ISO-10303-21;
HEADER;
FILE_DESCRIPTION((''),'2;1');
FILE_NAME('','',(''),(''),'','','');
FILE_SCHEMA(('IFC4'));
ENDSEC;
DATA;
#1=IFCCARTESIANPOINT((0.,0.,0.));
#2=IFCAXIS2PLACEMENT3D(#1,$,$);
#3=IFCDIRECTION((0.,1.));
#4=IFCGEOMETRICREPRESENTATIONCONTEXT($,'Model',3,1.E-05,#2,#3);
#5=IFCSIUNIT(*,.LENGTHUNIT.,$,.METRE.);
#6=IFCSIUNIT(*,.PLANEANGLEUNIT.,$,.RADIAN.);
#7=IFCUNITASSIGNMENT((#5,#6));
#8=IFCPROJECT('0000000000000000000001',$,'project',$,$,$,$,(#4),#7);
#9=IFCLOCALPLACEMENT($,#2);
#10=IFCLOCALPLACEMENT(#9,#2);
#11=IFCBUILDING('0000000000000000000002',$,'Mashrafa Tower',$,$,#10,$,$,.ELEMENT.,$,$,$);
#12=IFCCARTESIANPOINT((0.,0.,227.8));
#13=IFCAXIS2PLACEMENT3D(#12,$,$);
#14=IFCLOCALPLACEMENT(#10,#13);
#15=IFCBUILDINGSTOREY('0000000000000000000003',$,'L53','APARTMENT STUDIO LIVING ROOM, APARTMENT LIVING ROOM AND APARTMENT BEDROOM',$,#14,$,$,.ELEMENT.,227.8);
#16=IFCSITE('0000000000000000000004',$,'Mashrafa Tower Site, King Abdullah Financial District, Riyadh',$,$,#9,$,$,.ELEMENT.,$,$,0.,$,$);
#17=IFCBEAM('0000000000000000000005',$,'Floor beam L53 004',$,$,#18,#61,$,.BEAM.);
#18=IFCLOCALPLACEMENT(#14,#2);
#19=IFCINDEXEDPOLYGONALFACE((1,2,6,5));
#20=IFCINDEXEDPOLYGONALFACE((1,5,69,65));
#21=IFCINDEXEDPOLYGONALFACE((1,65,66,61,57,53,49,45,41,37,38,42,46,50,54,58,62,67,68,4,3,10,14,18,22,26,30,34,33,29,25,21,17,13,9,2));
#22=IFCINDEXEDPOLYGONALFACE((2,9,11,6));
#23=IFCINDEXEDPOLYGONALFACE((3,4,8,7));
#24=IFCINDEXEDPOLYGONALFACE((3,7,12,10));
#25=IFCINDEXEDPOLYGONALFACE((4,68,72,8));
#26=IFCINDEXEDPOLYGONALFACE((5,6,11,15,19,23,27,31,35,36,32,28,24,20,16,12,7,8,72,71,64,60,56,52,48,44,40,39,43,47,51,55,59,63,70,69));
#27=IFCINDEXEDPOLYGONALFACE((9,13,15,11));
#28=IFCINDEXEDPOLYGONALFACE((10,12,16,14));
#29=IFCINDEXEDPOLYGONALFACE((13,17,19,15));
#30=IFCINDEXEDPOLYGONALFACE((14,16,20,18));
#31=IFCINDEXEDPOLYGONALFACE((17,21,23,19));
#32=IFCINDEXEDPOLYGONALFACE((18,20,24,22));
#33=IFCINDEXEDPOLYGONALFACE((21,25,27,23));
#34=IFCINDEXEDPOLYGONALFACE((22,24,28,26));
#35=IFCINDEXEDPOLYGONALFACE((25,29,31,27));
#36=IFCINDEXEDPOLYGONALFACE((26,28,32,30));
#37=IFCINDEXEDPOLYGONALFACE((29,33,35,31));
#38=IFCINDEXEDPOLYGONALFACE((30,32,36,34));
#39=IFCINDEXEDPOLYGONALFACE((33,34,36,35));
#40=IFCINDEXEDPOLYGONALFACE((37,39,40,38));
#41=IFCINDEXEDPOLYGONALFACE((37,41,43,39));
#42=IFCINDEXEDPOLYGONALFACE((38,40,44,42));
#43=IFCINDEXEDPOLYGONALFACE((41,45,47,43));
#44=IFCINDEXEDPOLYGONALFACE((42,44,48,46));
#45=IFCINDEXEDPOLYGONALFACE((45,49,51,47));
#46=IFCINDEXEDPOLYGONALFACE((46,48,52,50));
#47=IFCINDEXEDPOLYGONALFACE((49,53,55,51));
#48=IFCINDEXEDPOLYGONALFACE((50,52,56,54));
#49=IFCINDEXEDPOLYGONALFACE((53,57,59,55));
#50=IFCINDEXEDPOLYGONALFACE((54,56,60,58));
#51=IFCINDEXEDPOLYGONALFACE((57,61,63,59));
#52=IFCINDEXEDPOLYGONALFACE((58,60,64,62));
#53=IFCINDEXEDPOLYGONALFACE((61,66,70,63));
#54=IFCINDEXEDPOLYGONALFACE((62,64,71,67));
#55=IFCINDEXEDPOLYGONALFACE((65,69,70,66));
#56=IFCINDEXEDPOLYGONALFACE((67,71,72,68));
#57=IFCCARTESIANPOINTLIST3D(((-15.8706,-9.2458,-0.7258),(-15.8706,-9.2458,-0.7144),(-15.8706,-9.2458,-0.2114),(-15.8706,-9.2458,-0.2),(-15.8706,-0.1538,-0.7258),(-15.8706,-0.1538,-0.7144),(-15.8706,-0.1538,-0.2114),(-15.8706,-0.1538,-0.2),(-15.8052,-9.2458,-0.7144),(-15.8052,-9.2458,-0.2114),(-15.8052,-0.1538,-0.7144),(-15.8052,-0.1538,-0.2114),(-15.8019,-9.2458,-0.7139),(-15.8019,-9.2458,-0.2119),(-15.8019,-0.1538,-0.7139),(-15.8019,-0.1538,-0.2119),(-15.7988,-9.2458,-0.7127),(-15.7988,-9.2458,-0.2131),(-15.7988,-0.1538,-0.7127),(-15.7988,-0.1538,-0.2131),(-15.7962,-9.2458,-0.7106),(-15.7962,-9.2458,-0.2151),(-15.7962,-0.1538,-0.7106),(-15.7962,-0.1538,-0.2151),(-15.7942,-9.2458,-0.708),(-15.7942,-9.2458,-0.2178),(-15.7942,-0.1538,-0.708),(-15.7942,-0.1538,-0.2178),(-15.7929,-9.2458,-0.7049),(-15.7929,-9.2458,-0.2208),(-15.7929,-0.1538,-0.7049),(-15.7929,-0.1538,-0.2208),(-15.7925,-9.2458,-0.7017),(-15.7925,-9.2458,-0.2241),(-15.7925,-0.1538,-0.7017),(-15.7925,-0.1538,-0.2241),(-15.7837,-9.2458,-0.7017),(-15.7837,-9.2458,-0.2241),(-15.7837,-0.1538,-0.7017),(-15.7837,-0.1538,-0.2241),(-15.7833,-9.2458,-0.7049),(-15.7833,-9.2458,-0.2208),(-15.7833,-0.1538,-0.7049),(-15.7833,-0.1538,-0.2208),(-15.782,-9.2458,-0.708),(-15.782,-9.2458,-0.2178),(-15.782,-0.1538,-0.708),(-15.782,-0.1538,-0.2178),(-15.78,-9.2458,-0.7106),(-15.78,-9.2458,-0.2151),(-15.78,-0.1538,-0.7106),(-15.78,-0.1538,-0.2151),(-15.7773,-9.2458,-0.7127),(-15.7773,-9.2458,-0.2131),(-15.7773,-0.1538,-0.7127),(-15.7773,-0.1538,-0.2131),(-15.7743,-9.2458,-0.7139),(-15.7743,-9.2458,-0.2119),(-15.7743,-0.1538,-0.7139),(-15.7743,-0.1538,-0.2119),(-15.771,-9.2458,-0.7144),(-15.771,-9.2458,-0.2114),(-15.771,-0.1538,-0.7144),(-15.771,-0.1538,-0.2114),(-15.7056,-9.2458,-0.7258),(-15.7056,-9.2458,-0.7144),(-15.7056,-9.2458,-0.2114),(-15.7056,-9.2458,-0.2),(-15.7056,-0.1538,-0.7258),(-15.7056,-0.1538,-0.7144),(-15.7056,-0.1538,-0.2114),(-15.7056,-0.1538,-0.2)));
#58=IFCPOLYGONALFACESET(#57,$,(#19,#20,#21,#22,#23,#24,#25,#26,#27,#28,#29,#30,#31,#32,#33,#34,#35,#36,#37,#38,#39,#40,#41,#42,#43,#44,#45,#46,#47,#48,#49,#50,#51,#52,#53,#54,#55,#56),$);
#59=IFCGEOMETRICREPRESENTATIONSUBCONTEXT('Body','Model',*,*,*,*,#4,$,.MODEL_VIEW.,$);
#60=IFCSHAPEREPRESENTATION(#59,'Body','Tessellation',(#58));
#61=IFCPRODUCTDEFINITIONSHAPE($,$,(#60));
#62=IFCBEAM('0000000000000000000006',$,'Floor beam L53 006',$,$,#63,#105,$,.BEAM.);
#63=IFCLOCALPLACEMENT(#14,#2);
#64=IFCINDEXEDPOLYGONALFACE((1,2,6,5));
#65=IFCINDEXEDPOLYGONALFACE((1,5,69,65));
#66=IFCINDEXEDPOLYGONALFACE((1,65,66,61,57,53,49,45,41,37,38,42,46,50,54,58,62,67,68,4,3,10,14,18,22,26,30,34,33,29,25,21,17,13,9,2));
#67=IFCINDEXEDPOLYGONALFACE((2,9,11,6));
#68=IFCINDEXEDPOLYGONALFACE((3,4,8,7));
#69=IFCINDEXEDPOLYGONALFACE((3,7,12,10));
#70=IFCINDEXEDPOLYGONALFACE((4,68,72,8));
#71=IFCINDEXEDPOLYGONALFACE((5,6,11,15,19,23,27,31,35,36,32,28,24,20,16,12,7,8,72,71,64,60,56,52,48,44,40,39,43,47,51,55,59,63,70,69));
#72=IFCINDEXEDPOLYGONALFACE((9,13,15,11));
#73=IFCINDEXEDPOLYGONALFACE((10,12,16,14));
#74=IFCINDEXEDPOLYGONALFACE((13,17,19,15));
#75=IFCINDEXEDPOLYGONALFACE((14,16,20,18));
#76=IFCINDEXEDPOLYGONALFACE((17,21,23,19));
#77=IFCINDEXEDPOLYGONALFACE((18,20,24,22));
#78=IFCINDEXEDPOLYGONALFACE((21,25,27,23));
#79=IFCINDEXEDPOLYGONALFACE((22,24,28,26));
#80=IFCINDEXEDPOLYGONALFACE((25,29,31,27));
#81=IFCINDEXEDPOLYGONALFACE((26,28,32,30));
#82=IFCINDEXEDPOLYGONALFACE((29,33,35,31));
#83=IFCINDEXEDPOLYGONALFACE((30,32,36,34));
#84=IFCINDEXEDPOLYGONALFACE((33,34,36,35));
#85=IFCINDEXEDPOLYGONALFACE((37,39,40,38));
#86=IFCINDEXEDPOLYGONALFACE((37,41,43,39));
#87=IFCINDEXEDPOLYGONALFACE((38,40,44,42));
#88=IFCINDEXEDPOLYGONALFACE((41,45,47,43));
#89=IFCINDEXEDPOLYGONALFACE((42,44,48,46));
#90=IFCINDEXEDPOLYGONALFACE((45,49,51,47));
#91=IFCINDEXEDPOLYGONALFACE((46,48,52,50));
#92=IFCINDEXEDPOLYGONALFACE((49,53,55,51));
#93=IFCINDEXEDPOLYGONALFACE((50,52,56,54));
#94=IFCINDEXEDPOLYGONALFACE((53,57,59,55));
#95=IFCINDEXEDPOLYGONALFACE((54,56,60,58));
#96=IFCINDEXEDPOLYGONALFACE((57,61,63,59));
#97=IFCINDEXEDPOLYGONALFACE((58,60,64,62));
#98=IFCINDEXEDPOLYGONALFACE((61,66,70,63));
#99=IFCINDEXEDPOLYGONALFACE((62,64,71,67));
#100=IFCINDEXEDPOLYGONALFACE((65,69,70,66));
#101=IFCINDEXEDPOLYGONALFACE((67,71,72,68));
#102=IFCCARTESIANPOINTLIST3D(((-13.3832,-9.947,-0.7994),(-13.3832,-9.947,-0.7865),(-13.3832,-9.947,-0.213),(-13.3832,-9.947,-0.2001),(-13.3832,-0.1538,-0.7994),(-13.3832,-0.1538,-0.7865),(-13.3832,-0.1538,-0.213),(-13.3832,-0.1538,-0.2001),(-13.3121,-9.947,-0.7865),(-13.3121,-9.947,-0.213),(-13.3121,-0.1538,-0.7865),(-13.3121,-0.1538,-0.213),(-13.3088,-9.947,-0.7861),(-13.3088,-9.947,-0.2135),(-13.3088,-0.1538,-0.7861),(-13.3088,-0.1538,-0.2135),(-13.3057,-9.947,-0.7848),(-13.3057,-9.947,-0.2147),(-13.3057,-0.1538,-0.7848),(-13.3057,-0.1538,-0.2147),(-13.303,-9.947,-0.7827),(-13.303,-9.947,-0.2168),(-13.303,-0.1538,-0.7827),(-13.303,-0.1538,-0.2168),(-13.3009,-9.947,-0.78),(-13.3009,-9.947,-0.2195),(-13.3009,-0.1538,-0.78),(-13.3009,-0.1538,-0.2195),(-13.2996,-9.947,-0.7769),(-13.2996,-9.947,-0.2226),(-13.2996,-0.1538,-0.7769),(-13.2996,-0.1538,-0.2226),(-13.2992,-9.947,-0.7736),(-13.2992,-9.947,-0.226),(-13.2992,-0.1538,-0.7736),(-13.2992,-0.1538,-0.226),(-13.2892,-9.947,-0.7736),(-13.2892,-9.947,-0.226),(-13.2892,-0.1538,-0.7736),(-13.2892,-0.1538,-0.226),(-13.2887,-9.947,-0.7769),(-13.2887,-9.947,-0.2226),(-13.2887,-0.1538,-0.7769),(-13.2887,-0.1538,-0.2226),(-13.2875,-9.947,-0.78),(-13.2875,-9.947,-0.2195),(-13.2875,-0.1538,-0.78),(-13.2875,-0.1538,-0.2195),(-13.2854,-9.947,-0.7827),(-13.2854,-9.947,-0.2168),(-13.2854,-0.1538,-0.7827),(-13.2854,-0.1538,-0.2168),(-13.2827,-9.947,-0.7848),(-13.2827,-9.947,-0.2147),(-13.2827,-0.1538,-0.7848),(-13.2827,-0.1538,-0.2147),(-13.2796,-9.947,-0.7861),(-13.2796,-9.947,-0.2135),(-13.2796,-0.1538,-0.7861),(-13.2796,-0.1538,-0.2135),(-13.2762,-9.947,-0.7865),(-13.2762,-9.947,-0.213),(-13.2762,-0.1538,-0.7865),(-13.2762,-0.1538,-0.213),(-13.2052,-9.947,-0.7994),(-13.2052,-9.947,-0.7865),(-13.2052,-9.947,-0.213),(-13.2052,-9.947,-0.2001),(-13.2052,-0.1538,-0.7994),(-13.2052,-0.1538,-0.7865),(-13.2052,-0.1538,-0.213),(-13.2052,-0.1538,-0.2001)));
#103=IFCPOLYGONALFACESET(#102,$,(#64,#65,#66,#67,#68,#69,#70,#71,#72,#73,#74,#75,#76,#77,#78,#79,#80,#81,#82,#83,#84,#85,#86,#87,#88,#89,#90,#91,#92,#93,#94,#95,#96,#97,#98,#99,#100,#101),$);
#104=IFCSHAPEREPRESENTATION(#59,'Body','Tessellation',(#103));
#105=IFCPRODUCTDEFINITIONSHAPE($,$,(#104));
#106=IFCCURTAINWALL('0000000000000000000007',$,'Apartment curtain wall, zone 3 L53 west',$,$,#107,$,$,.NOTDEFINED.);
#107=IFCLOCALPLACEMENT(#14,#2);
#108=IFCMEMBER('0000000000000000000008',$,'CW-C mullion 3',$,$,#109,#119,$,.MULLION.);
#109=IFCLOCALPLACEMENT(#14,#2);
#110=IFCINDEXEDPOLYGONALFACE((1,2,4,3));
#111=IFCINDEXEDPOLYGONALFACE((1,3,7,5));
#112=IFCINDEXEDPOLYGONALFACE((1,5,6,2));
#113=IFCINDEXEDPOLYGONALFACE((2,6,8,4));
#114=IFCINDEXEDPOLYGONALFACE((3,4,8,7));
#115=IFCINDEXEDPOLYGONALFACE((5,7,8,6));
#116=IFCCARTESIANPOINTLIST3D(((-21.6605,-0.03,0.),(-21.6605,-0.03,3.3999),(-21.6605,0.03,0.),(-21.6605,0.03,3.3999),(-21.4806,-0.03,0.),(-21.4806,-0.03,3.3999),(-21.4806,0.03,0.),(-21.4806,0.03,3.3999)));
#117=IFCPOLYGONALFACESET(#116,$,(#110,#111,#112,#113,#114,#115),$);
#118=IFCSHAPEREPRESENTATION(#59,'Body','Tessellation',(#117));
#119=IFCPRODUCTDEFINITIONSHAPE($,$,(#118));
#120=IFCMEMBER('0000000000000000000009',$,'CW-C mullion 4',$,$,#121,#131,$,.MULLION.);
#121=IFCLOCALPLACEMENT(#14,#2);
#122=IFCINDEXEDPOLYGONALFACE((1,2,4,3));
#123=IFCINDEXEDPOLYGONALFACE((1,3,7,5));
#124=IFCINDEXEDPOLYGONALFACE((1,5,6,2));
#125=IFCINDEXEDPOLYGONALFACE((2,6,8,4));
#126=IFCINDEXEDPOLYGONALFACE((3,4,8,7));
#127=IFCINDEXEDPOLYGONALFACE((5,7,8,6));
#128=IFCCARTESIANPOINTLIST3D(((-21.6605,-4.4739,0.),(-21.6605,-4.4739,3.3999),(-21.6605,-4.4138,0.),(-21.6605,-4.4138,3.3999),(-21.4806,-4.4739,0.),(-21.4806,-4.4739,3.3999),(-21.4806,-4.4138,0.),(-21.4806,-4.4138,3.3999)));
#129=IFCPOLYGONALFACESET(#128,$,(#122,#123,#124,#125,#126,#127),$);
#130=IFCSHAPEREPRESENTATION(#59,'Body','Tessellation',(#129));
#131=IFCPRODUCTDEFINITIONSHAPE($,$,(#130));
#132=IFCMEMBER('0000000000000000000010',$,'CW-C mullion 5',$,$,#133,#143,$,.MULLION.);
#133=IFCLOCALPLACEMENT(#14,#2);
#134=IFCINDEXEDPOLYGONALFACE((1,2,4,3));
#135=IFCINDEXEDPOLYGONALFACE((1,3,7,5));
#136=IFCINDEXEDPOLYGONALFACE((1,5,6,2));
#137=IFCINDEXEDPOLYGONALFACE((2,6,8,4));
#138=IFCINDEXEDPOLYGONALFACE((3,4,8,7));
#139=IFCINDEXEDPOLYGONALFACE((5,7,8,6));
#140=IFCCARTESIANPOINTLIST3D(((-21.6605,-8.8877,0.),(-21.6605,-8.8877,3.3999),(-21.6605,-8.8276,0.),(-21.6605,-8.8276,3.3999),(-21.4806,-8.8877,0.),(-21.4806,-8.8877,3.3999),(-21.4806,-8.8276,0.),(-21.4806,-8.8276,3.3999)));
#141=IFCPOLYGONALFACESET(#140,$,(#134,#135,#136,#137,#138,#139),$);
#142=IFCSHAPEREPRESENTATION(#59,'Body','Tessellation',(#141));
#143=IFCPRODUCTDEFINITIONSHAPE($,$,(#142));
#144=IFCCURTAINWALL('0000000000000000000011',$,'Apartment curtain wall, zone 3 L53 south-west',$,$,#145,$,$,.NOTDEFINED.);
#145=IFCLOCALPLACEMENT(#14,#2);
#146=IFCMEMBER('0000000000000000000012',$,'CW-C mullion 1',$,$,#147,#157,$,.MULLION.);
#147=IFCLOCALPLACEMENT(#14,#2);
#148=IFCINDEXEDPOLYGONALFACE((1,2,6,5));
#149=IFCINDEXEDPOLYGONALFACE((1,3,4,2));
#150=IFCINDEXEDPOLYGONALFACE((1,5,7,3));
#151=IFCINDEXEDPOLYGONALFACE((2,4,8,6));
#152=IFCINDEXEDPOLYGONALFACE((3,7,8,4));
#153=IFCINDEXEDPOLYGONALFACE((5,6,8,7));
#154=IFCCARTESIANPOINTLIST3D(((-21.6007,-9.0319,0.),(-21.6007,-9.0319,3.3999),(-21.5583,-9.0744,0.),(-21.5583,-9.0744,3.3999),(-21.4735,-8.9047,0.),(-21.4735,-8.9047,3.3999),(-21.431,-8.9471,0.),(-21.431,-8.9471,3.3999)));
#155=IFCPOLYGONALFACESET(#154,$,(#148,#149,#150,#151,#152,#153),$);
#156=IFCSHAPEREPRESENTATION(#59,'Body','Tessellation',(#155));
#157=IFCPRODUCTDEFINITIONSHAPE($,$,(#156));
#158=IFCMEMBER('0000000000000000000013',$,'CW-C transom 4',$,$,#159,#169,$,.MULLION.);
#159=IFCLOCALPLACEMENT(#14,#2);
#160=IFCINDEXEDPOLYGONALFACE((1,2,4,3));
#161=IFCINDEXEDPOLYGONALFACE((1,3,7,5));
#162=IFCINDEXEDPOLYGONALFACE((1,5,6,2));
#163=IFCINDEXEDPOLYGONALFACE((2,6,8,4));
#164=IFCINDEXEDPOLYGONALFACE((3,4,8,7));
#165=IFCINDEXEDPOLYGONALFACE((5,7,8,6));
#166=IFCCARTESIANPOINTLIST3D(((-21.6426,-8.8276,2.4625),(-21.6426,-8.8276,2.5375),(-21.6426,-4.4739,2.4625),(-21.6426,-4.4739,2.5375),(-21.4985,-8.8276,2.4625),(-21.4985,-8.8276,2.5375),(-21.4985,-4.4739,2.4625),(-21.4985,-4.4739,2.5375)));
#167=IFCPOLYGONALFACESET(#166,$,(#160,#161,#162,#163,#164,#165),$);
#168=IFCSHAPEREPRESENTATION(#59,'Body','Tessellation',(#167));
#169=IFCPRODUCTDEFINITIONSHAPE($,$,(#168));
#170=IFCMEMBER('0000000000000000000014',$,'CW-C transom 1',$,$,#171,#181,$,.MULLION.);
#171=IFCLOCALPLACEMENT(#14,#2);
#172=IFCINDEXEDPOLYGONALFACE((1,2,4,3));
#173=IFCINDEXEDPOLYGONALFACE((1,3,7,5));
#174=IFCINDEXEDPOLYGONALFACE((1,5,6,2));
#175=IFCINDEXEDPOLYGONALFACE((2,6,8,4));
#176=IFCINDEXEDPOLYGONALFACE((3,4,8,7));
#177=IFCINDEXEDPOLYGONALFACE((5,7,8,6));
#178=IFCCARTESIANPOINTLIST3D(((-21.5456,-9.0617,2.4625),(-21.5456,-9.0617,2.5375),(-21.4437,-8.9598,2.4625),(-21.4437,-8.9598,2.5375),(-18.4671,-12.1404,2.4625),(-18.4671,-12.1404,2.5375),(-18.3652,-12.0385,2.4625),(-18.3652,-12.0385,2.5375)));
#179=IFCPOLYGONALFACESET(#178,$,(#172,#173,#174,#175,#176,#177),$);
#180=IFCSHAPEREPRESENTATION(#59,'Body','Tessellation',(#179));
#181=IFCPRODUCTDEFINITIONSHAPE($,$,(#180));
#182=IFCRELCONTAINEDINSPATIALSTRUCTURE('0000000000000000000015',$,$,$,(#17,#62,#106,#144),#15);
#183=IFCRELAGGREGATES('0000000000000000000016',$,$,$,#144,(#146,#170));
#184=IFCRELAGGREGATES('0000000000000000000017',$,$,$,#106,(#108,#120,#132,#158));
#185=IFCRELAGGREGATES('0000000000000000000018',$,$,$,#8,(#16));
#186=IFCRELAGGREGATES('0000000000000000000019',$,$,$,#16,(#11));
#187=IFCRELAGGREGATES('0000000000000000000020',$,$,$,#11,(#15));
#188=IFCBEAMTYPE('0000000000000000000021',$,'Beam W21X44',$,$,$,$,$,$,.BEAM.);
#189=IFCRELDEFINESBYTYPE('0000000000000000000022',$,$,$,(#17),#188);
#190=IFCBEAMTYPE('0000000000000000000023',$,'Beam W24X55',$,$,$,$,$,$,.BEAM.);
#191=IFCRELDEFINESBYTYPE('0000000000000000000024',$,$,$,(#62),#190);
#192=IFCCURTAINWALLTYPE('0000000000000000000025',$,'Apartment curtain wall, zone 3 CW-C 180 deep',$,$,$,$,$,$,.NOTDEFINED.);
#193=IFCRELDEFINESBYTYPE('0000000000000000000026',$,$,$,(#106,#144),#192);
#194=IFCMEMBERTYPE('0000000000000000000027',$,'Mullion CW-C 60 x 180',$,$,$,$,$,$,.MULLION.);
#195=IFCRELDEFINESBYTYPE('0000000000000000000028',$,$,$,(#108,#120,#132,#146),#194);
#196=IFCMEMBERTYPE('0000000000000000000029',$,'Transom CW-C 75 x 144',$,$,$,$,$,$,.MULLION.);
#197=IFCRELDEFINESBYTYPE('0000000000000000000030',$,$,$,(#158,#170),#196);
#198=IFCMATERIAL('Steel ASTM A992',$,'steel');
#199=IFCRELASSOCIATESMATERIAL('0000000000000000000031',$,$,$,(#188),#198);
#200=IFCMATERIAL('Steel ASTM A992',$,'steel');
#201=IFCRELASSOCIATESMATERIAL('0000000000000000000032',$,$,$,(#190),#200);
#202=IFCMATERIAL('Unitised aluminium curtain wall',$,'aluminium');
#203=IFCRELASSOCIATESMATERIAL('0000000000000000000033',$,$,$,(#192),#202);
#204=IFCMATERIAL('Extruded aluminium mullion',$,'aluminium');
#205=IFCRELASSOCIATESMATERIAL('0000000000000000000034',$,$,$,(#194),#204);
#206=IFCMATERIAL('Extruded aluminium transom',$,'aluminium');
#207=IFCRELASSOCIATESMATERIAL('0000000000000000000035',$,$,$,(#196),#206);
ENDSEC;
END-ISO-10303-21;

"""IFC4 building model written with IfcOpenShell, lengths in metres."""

from ifc_helpers import new_model, si_unit, direction, frame, origin, origin_2d, place, context, subcontext, project, spatial, rectangle, i_section, extrude, source, transform, mapped, material, material_profile, profile_set, type_object, type_shapes, element, aggregate, save


model = new_model("IFC4")

# Units and contexts
model_context = context("Model", 3, precision=1e-05, world=origin(), true_north=direction((0.0, 1.0)))
body_context = subcontext(model_context, "Body", "Model", "MODEL_VIEW")
ifc_project = project(units=[si_unit("LENGTHUNIT", "METRE"), si_unit("PLANEANGLEUNIT", "RADIAN")], contexts=[model_context])

# Site, building, storey
site_placement = place(None, origin())
site = spatial("IfcSite", under=ifc_project, at=site_placement, Name="Mashrafa Tower Site, King Abdullah Financial District, Riyadh", CompositionType="ELEMENT", RefElevation=0.0)
building_placement = place(site_placement, origin())
building = spatial("IfcBuilding", under=site, at=building_placement, Name="Mashrafa Tower", CompositionType="ELEMENT")
storey_placement = place(building_placement, frame((0.0, 0.0, 227.8)))
storey = spatial("IfcBuildingStorey", under=building, at=storey_placement, Name="L53", Description="APARTMENT STUDIO LIVING ROOM, APARTMENT LIVING ROOM AND APARTMENT BEDROOM", CompositionType="ELEMENT", Elevation=227.8)

# Beams
ifc_material_1 = material(Name="Steel ASTM A992", Category="steel")
ifc_material_profile_1 = material_profile(ifc_material_1, i_section(OverallWidth=0.165, OverallDepth=0.5259, WebThickness=0.0088, FlangeThickness=0.0115, FilletRadius=0.0127, at=origin_2d()), Name="W21X44")
ifc_profile_set_1 = profile_set([ifc_material_profile_1], Name="Steel ASTM A992")
beam_type_1 = type_object("IfcBeamType", Name="Beam W21X44", PredefinedType="BEAM", material=ifc_profile_set_1)
beam_1_placement = place(storey_placement, frame((-15.7881, -9.2458, -0.4629), z_axis=(0.0, 1.0, 0.0), x_axis=(-1.0, 0.0, 0.0)))
element("IfcBeam", 1, at=beam_1_placement, inside=storey, type_object=beam_type_1, Name="Floor beam L53 004", PredefinedType="BEAM", context=body_context, shape_type="SweptSolid", body=[
    extrude(i_section(OverallWidth=0.165, OverallDepth=0.5259, WebThickness=0.0088, FlangeThickness=0.0115, FilletRadius=0.0127, at=origin_2d()), origin(), (0.0, 0.0, 1.0), 9.092),
])
ifc_material_2 = material(Name="Steel ASTM A992", Category="steel")
ifc_material_profile_2 = material_profile(ifc_material_2, i_section(OverallWidth=0.178, OverallDepth=0.5994, WebThickness=0.01, FlangeThickness=0.0129, FilletRadius=0.0129, at=origin_2d()), Name="W24X55")
ifc_profile_set_2 = profile_set([ifc_material_profile_2], Name="Steel ASTM A992")
beam_type_2 = type_object("IfcBeamType", Name="Beam W24X55", PredefinedType="BEAM", material=ifc_profile_set_2)
beam_2_placement = place(storey_placement, frame((-13.2942, -9.947, -0.4998), z_axis=(0.0, 1.0, 0.0), x_axis=(-1.0, 0.0, 0.0)))
element("IfcBeam", 2, at=beam_2_placement, inside=storey, type_object=beam_type_2, Name="Floor beam L53 006", PredefinedType="BEAM", context=body_context, shape_type="SweptSolid", body=[
    extrude(i_section(OverallWidth=0.178, OverallDepth=0.5994, WebThickness=0.01, FlangeThickness=0.0129, FilletRadius=0.0129, at=origin_2d()), origin(), (0.0, 0.0, 1.0), 9.7932),
])

# Curtain wall, members
ifc_material_3 = material(Name="Unitised aluminium curtain wall", Category="aluminium")
curtain_wall_type = type_object("IfcCurtainWallType", Name="Apartment curtain wall, zone 3 CW-C 180 deep", PredefinedType="NOTDEFINED", material=ifc_material_3)
curtain_wall_1_placement = place(storey_placement, origin())
curtain_wall_1 = element("IfcCurtainWall", 3, at=curtain_wall_1_placement, inside=storey, type_object=curtain_wall_type, Name="Apartment curtain wall, zone 3 L53 west", PredefinedType="NOTDEFINED")
ifc_material_4 = material(Name="Extruded aluminium mullion", Category="aluminium")
ifc_material_profile_3 = material_profile(ifc_material_4, rectangle(XDim=0.1799, YDim=0.0601, at=origin_2d()), Name="Mullion 60x180")
ifc_profile_set_3 = profile_set([ifc_material_profile_3], Name="Extruded aluminium mullion")
member_type_1 = type_object("IfcMemberType", Name="Mullion CW-C 60 x 180", PredefinedType="MULLION", material=ifc_profile_set_3)
shared_shape_1 = source(origin(), body_context, "Body", "SweptSolid", [
    extrude(rectangle(XDim=0.1799, YDim=0.0601, at=origin_2d()), origin(), (0.0, 0.0, 1.0), 3.3999),
])
type_shapes(member_type_1, [shared_shape_1])
member_1_placement = place(storey_placement, frame((-21.5706, 0.0, 0.0), z_axis=(0.0, 0.0, 1.0), x_axis=(1.0, 0.0, 0.0)))
member_1 = element("IfcMember", 4, at=member_1_placement, type_object=member_type_1, Name="CW-C mullion 3", PredefinedType="MULLION", context=body_context, shape_type="MappedRepresentation", body=[
    mapped(shared_shape_1, transform((0.0, 0.0, 0.0))),
])
member_2_placement = place(storey_placement, frame((-21.5706, -4.4438, 0.0), z_axis=(0.0, 0.0, 1.0), x_axis=(1.0, 0.0, 0.0)))
member_2 = element("IfcMember", 5, at=member_2_placement, type_object=member_type_1, Name="CW-C mullion 4", PredefinedType="MULLION", context=body_context, shape_type="MappedRepresentation", body=[
    mapped(shared_shape_1, transform((0.0, 0.0, 0.0))),
])
member_3_placement = place(storey_placement, frame((-21.5706, -8.8577, 0.0), z_axis=(0.0, 0.0, 1.0), x_axis=(1.0, 0.0, 0.0)))
member_3 = element("IfcMember", 6, at=member_3_placement, type_object=member_type_1, Name="CW-C mullion 5", PredefinedType="MULLION", context=body_context, shape_type="MappedRepresentation", body=[
    mapped(shared_shape_1, transform((0.0, 0.0, 0.0))),
])

# Curtain wall, member
curtain_wall_2_placement = place(storey_placement, origin())
curtain_wall_2 = element("IfcCurtainWall", 7, at=curtain_wall_2_placement, inside=storey, type_object=curtain_wall_type, Name="Apartment curtain wall, zone 3 L53 south-west", PredefinedType="NOTDEFINED")
member_4_placement = place(storey_placement, frame((-21.5159, -8.9895, 0.0), z_axis=(0.0, 0.0, 1.0), x_axis=(0.707107, 0.707107, 0.0)))
member_4 = element("IfcMember", 8, at=member_4_placement, type_object=member_type_1, Name="CW-C mullion 1", PredefinedType="MULLION", context=body_context, shape_type="MappedRepresentation", body=[
    mapped(shared_shape_1, transform((0.0, 0.0, 0.0))),
])

# Members
ifc_material_5 = material(Name="Extruded aluminium transom", Category="aluminium")
ifc_material_profile_4 = material_profile(ifc_material_5, rectangle(XDim=0.144, YDim=0.075, at=origin_2d()), Name="Transom 75x144")
ifc_profile_set_4 = profile_set([ifc_material_profile_4], Name="Extruded aluminium transom")
member_type_2 = type_object("IfcMemberType", Name="Transom CW-C 75 x 144", PredefinedType="MULLION", material=ifc_profile_set_4)
shared_shape_2 = source(origin(), body_context, "Body", "SweptSolid", [
    extrude(rectangle(XDim=0.144, YDim=0.075, at=origin_2d()), origin(), (0.0, 0.0, 1.0), 4.3538),
])
member_5_placement = place(storey_placement, frame((-21.5706, -4.4739, 2.5), z_axis=(0.0, -1.0, 0.0), x_axis=(1.0, 0.0, 0.0)))
member_5 = element("IfcMember", 9, at=member_5_placement, type_object=member_type_2, Name="CW-C transom 4", PredefinedType="MULLION", context=body_context, shape_type="MappedRepresentation", body=[
    mapped(shared_shape_2, transform((0.0, 0.0, 0.0))),
])
member_6_placement = place(storey_placement, frame((-21.4946, -9.0107, 2.5), z_axis=(0.707079, -0.707135, 0.0), x_axis=(0.707135, 0.707079, 0.0)))
member_6 = element("IfcMember", 10, at=member_6_placement, type_object=member_type_2, Name="CW-C transom 1", PredefinedType="MULLION", context=body_context, shape_type="MappedRepresentation", body=[
    mapped(shared_shape_2, transform((0.0, 0.0, 0.0))),
])

aggregate(curtain_wall_2, [member_4, member_6])
aggregate(curtain_wall_1, [member_1, member_2, member_3, member_5])

save(model, "model.ifc")
